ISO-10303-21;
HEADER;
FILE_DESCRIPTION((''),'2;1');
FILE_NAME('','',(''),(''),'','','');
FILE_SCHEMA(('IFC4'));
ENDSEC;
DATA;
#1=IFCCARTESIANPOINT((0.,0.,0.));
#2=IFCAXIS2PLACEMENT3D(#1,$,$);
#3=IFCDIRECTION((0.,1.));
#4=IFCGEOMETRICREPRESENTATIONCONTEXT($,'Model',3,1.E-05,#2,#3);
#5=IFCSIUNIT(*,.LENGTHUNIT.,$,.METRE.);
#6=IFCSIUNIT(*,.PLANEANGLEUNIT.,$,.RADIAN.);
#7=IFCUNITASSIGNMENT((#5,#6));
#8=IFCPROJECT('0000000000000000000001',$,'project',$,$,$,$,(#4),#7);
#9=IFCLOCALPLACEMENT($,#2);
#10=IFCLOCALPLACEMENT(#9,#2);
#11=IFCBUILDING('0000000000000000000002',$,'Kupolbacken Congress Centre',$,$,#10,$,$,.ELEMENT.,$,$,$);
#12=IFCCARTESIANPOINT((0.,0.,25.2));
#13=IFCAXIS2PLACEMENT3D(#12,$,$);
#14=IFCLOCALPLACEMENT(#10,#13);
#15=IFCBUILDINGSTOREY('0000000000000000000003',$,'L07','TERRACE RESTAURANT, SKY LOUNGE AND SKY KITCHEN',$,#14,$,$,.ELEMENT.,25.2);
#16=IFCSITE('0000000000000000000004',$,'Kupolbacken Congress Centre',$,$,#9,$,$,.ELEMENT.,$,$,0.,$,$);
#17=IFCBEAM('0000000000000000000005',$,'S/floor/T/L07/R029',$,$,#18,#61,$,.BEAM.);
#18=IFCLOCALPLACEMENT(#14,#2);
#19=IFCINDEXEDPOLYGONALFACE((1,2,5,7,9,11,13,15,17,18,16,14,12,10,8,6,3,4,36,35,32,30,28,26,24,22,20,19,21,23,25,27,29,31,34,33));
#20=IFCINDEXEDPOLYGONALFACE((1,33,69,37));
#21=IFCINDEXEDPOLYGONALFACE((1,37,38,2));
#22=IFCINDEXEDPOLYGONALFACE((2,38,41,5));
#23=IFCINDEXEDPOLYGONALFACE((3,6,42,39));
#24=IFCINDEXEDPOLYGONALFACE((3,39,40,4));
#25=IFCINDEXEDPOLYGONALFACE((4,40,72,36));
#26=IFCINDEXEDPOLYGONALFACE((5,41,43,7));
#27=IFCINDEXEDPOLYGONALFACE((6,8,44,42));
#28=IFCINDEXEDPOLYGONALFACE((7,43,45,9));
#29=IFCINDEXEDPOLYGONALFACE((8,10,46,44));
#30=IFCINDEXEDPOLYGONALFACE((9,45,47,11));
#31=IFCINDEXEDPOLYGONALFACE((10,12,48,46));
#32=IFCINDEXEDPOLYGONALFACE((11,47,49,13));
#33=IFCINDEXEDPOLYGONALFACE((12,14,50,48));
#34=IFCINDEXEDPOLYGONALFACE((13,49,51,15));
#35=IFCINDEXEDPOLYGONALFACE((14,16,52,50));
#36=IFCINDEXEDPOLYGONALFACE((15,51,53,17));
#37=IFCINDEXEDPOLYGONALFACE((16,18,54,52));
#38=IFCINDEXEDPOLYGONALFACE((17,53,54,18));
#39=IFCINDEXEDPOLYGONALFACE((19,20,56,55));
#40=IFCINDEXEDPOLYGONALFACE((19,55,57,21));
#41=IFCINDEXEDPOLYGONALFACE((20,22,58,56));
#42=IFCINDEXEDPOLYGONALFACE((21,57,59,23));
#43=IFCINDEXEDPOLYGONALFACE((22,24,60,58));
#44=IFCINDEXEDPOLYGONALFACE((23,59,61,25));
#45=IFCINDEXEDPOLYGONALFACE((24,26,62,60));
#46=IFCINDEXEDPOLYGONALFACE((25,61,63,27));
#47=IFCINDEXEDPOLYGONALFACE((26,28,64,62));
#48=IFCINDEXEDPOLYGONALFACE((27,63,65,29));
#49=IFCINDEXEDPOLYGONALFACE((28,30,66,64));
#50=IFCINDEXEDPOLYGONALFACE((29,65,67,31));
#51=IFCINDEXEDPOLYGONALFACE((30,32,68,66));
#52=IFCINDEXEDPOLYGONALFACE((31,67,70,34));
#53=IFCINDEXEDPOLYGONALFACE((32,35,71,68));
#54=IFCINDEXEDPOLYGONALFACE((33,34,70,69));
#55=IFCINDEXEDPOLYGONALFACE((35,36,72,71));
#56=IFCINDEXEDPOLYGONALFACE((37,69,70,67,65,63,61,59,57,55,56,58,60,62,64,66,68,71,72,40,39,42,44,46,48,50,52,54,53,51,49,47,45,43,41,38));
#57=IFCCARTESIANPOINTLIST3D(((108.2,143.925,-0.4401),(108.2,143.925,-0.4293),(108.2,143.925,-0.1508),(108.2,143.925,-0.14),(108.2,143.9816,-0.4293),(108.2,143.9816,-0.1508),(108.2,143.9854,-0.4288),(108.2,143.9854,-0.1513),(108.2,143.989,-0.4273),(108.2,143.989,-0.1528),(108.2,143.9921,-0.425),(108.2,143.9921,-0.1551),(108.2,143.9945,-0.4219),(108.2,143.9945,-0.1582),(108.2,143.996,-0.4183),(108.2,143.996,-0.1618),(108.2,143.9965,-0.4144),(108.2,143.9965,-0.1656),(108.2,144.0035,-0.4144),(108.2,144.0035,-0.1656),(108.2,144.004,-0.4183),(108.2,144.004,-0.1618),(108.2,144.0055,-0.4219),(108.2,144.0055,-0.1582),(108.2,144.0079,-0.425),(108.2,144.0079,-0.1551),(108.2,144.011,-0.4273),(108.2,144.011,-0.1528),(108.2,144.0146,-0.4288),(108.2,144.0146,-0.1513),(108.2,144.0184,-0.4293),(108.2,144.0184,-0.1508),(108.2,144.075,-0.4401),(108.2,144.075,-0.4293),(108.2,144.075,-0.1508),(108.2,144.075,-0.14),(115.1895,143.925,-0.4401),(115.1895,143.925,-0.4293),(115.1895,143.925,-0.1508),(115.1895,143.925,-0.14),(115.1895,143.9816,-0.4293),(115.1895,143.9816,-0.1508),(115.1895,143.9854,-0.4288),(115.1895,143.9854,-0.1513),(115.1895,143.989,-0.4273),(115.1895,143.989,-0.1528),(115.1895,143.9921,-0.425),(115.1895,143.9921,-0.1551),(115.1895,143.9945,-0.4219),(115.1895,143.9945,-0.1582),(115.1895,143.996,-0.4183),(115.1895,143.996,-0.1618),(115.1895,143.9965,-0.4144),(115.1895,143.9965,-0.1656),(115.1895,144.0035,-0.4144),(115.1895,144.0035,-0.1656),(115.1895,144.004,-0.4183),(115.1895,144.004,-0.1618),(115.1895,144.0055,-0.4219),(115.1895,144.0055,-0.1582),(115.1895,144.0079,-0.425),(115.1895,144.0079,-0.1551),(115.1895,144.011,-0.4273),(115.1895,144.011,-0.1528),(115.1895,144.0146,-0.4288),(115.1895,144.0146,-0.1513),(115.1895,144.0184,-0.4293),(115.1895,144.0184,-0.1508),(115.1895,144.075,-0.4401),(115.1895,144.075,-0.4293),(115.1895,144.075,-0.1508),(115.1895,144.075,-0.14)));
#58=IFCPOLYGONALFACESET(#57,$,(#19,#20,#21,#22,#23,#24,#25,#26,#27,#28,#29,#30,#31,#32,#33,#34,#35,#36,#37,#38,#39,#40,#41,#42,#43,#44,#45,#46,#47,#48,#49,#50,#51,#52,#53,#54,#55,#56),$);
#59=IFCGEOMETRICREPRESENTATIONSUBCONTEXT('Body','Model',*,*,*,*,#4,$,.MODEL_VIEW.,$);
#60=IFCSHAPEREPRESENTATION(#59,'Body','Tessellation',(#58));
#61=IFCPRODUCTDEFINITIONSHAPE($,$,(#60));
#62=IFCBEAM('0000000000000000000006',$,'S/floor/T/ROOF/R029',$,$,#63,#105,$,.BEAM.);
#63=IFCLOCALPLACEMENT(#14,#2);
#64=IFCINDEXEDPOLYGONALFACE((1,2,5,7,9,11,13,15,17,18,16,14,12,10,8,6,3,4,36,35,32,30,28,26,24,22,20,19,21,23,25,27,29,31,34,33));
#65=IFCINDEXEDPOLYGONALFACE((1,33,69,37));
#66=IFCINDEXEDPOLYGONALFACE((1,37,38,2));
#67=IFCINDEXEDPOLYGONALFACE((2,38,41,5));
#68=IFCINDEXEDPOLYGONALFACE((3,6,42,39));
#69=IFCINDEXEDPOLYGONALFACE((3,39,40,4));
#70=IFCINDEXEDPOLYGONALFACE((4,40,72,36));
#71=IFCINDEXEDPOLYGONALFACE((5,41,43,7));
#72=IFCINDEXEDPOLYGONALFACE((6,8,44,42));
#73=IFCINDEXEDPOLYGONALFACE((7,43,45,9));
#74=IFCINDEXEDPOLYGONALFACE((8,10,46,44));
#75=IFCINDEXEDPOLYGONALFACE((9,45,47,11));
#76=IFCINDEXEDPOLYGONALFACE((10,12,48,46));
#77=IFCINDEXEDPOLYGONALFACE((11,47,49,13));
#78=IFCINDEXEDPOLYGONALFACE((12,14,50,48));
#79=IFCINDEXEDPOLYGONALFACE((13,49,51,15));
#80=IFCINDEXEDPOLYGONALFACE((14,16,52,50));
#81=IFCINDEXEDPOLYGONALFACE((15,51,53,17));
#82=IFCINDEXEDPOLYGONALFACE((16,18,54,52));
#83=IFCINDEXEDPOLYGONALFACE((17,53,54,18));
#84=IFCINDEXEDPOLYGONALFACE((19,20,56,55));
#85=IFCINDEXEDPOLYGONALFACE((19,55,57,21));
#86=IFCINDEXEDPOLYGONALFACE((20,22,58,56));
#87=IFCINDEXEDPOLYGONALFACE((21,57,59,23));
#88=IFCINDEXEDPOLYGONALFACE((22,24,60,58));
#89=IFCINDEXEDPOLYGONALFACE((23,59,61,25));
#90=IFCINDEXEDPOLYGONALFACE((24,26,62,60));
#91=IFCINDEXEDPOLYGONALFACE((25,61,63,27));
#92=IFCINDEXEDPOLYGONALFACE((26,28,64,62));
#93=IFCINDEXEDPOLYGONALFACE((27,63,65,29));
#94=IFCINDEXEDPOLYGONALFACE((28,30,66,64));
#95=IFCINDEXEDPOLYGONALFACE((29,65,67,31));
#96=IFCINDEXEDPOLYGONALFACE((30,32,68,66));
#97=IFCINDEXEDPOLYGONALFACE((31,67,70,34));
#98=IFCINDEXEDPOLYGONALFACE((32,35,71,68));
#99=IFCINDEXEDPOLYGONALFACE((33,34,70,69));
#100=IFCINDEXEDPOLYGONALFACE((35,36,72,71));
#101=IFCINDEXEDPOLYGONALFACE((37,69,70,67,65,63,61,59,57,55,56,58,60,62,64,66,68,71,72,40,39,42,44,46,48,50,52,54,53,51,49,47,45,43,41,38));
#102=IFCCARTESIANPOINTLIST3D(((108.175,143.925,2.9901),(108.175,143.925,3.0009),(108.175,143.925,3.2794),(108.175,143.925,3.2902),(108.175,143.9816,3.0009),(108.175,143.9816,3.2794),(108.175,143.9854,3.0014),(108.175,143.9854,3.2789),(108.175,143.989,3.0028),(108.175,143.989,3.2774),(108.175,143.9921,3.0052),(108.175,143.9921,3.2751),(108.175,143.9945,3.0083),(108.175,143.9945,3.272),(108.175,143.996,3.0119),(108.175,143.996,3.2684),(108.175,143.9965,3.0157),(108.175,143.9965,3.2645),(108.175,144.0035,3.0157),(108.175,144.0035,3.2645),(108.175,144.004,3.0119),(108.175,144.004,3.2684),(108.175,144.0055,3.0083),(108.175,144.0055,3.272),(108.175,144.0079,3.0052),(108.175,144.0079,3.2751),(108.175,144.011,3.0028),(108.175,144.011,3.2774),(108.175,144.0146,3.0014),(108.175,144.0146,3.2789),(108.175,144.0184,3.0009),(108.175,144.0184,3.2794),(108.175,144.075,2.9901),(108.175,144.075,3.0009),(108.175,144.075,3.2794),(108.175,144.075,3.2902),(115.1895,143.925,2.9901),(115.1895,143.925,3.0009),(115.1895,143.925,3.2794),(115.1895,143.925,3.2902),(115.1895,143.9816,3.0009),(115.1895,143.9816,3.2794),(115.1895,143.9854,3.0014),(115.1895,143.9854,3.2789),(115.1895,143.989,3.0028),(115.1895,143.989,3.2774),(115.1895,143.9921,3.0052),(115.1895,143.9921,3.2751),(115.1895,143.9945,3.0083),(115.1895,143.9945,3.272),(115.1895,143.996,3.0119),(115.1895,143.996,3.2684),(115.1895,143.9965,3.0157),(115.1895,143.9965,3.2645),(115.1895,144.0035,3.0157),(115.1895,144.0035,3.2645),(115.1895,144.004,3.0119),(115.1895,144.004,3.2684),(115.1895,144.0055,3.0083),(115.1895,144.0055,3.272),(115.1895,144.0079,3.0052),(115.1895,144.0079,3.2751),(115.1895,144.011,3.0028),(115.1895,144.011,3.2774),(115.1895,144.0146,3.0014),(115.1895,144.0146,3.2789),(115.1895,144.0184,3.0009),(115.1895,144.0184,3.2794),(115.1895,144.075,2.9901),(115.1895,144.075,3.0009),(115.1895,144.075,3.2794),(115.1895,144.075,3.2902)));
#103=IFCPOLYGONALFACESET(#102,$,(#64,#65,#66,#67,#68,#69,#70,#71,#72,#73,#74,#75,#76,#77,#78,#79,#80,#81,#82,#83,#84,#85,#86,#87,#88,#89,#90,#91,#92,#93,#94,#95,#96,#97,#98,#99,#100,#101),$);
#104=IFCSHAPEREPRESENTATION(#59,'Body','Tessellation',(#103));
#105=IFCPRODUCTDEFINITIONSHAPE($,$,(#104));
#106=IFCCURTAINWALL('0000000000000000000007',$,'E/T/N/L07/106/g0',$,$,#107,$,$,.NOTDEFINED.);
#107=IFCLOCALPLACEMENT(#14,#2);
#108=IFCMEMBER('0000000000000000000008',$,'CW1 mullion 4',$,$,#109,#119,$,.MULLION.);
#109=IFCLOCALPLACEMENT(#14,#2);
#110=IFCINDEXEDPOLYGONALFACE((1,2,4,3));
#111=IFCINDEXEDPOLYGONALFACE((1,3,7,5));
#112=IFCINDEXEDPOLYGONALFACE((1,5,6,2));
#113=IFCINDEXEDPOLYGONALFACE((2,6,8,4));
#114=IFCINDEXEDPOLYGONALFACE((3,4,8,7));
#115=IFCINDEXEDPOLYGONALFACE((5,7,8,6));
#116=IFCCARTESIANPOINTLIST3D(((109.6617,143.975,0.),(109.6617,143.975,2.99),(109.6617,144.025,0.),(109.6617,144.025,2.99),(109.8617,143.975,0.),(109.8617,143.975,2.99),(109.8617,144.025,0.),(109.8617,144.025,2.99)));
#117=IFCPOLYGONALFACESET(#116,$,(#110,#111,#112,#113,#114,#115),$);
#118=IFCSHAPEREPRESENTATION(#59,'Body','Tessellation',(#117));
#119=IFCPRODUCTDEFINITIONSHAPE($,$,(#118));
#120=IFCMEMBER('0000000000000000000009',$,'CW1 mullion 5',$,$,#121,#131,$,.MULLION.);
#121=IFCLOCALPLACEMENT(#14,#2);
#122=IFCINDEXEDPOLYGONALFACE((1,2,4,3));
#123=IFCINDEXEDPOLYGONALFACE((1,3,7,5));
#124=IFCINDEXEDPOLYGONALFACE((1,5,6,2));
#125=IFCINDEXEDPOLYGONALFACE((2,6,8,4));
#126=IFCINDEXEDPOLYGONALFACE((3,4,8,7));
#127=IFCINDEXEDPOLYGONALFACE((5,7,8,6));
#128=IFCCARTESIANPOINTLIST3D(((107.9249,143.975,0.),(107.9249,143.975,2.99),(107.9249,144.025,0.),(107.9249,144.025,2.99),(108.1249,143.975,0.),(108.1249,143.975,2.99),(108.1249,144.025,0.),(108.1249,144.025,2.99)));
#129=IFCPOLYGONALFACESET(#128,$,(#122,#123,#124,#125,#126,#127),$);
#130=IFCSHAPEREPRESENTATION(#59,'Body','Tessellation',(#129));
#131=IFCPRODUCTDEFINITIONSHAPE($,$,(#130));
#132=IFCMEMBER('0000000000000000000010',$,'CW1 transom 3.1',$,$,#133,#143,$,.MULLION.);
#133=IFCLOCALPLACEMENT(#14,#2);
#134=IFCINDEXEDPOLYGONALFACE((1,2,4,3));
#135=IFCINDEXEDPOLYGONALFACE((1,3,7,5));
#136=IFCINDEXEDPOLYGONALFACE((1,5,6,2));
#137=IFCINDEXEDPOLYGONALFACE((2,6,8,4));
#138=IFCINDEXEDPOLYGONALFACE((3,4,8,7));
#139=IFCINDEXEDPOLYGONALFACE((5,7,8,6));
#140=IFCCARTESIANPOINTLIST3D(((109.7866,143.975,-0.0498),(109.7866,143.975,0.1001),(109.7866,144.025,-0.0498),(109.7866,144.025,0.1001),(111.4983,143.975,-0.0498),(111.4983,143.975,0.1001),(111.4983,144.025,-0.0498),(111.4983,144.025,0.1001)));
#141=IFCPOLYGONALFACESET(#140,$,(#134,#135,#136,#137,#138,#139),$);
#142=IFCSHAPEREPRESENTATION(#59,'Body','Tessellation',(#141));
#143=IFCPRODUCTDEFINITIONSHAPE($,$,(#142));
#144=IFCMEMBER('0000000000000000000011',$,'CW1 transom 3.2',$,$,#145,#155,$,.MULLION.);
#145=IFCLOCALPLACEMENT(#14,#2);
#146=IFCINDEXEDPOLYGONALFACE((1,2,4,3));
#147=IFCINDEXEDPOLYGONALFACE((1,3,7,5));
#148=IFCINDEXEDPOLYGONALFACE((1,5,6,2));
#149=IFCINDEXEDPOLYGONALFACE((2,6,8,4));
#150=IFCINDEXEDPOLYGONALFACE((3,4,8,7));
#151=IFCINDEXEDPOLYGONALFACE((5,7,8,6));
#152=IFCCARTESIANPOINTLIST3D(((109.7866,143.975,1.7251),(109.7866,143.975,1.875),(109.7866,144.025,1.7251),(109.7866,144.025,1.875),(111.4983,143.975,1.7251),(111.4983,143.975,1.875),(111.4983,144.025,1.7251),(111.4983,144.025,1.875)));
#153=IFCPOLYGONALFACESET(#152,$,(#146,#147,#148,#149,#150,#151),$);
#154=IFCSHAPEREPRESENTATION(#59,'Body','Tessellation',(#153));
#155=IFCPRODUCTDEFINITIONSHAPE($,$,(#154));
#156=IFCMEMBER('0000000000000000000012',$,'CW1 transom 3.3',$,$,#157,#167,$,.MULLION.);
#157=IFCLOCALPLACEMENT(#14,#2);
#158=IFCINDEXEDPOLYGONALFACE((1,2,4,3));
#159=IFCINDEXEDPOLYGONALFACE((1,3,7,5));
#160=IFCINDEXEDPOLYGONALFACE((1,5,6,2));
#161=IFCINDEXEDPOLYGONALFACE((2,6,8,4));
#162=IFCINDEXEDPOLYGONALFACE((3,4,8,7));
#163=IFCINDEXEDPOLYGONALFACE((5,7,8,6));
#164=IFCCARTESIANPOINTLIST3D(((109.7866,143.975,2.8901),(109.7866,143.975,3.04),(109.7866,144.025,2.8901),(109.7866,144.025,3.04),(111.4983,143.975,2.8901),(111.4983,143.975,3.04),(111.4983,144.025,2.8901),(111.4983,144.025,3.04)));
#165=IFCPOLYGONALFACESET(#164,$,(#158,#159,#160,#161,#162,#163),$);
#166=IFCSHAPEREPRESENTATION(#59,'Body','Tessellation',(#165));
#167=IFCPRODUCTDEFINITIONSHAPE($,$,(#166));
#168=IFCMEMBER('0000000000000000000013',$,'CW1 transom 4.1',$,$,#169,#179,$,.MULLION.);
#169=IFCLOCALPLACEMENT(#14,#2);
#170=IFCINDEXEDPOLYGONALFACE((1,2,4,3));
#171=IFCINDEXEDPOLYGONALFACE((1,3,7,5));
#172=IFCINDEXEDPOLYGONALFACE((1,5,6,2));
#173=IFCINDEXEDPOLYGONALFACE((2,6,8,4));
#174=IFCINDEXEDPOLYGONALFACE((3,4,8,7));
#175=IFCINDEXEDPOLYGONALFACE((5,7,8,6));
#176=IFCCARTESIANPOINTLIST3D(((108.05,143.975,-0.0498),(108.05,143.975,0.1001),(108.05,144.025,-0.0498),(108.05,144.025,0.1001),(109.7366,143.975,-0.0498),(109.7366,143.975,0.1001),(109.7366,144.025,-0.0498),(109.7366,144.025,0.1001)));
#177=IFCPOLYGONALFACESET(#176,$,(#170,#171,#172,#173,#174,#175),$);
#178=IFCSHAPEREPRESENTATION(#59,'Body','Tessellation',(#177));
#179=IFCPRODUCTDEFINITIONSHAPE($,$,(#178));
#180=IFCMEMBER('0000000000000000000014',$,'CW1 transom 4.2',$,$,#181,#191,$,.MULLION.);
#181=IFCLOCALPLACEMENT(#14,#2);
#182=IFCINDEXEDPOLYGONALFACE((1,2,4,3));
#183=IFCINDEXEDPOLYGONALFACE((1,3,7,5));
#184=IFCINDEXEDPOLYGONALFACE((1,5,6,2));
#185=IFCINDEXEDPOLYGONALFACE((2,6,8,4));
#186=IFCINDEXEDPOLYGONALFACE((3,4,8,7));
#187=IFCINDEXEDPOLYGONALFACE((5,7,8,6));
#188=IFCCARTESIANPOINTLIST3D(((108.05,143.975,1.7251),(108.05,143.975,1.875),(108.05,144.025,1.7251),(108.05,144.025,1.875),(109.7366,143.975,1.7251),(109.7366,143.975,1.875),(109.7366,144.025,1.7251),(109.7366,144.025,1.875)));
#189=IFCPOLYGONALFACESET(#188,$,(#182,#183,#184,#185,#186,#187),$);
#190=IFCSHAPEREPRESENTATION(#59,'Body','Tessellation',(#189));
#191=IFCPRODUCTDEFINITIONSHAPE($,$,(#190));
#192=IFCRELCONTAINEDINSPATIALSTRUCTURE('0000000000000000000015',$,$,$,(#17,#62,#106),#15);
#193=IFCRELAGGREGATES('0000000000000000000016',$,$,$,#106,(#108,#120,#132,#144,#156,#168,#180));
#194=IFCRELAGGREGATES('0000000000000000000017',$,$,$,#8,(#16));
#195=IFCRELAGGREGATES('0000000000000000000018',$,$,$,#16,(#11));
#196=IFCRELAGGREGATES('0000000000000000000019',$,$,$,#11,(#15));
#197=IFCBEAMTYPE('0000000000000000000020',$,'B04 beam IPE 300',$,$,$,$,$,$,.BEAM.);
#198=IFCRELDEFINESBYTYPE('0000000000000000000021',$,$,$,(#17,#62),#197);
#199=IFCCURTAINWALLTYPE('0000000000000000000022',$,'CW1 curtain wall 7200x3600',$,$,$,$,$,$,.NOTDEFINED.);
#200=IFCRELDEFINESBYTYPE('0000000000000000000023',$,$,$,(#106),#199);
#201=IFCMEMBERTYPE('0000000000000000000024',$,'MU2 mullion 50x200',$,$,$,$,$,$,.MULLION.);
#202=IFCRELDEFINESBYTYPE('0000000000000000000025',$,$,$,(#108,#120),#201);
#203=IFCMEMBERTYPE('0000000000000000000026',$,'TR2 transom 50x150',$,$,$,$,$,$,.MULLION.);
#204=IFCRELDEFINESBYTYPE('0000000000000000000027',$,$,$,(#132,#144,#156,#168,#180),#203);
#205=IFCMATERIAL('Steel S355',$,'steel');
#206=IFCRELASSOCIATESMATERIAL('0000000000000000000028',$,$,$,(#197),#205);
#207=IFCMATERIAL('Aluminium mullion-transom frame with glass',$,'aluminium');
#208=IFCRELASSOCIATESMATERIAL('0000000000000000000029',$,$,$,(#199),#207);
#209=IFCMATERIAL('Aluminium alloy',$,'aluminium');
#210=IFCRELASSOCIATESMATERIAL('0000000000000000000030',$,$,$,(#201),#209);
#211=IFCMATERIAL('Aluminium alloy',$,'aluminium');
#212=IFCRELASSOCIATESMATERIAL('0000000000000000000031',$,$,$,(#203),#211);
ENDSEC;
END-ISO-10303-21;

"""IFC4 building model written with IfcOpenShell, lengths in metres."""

from ifc_helpers import new_model, si_unit, direction, frame, origin, origin_2d, place, context, subcontext, project, spatial, rectangle, i_section, extrude, material, material_profile, profile_set, type_object, element, aggregate, save


model = new_model("IFC4")

# Units and contexts
model_context = context("Model", 3, precision=1e-05, world=origin(), true_north=direction((0.0, 1.0)))
body_context = subcontext(model_context, "Body", "Model", "MODEL_VIEW")
ifc_project = project(units=[si_unit("LENGTHUNIT", "METRE"), si_unit("PLANEANGLEUNIT", "RADIAN")], contexts=[model_context])

# Site, building, storey
site_placement = place(None, origin())
site = spatial("IfcSite", under=ifc_project, at=site_placement, Name="Kupolbacken Congress Centre", CompositionType="ELEMENT", RefElevation=0.0)
building_placement = place(site_placement, origin())
building = spatial("IfcBuilding", under=site, at=building_placement, Name="Kupolbacken Congress Centre", CompositionType="ELEMENT")
storey_placement = place(building_placement, frame((0.0, 0.0, 25.2)))
storey = spatial("IfcBuildingStorey", under=building, at=storey_placement, Name="L07", Description="TERRACE RESTAURANT, SKY LOUNGE AND SKY KITCHEN", CompositionType="ELEMENT", Elevation=25.2)

# Beams
ifc_material_1 = material(Name="Steel S355", Category="steel")
ifc_material_profile_1 = material_profile(ifc_material_1, i_section(OverallWidth=0.1499, OverallDepth=0.3, WebThickness=0.0071, FlangeThickness=0.0107, FilletRadius=0.0149, at=origin_2d()), Name="IPE 300")
ifc_profile_set_1 = profile_set([ifc_material_profile_1], Name="Steel S355")
beam_type = type_object("IfcBeamType", Name="B04 beam IPE 300", PredefinedType="BEAM", material=ifc_profile_set_1)
beam_1_placement = place(storey_placement, frame((108.2, 144.0, -0.29), z_axis=(1.0, 0.0, 0.0), x_axis=(0.0, 1.0, 0.0)))
element("IfcBeam", 1, at=beam_1_placement, inside=storey, type_object=beam_type, Name="S/floor/T/L07/R029", PredefinedType="BEAM", context=body_context, shape_type="SweptSolid", body=[
    extrude(i_section(OverallWidth=0.1499, OverallDepth=0.3, WebThickness=0.0071, FlangeThickness=0.0107, FilletRadius=0.0149, at=origin_2d()), origin(), (0.0, 0.0, 1.0), 6.9895),
])
beam_2_placement = place(storey_placement, frame((108.175, 144.0, 3.1401), z_axis=(1.0, 0.0, 0.0), x_axis=(0.0, 1.0, 0.0)))
element("IfcBeam", 2, at=beam_2_placement, inside=storey, type_object=beam_type, Name="S/floor/T/ROOF/R029", PredefinedType="BEAM", context=body_context, shape_type="SweptSolid", body=[
    extrude(i_section(OverallWidth=0.1499, OverallDepth=0.3, WebThickness=0.0071, FlangeThickness=0.0107, FilletRadius=0.0149, at=origin_2d()), origin(), (0.0, 0.0, 1.0), 7.0144),
])

# Curtain wall, members
ifc_material_2 = material(Name="Aluminium mullion-transom frame with glass", Category="aluminium")
curtain_wall_type = type_object("IfcCurtainWallType", Name="CW1 curtain wall 7200x3600", PredefinedType="NOTDEFINED", material=ifc_material_2)
curtain_wall_placement = place(storey_placement, origin())
curtain_wall = element("IfcCurtainWall", 3, at=curtain_wall_placement, inside=storey, type_object=curtain_wall_type, Name="E/T/N/L07/106/g0", PredefinedType="NOTDEFINED")
ifc_material_3 = material(Name="Aluminium alloy", Category="aluminium")
ifc_material_profile_2 = material_profile(ifc_material_3, rectangle(XDim=0.05, YDim=0.2, at=origin_2d()), Name="50 x 200")
ifc_profile_set_2 = profile_set([ifc_material_profile_2], Name="Aluminium alloy")
member_type_1 = type_object("IfcMemberType", Name="MU2 mullion 50x200", PredefinedType="MULLION", material=ifc_profile_set_2)
member_1_placement = place(storey_placement, frame((109.7617, 144.0, 0.0), z_axis=(0.0, 0.0, 1.0), x_axis=(0.0, -1.0, 0.0)))
member_1 = element("IfcMember", 4, at=member_1_placement, type_object=member_type_1, Name="CW1 mullion 4", PredefinedType="MULLION", context=body_context, shape_type="SweptSolid", body=[
    extrude(rectangle(XDim=0.05, YDim=0.2, at=origin_2d()), origin(), (0.0, 0.0, 1.0), 2.99),
])
member_2_placement = place(storey_placement, frame((108.0249, 144.0, 0.0), z_axis=(0.0, 0.0, 1.0), x_axis=(0.0, -1.0, 0.0)))
member_2 = element("IfcMember", 5, at=member_2_placement, type_object=member_type_1, Name="CW1 mullion 5", PredefinedType="MULLION", context=body_context, shape_type="SweptSolid", body=[
    extrude(rectangle(XDim=0.05, YDim=0.2, at=origin_2d()), origin(), (0.0, 0.0, 1.0), 2.99),
])
ifc_material_4 = material(Name="Aluminium alloy", Category="aluminium")
ifc_material_profile_3 = material_profile(ifc_material_4, rectangle(XDim=0.05, YDim=0.1499, at=origin_2d()), Name="50 x 150")
ifc_profile_set_3 = profile_set([ifc_material_profile_3], Name="Aluminium alloy")
member_type_2 = type_object("IfcMemberType", Name="TR2 transom 50x150", PredefinedType="MULLION", material=ifc_profile_set_3)
member_3_placement = place(storey_placement, frame((111.4983, 144.0, 0.0251), z_axis=(-1.0, 0.0, 0.0), x_axis=(0.0, -1.0, 0.0)))
member_3 = element("IfcMember", 6, at=member_3_placement, type_object=member_type_2, Name="CW1 transom 3.1", PredefinedType="MULLION", context=body_context, shape_type="SweptSolid", body=[
    extrude(rectangle(XDim=0.05, YDim=0.1499, at=origin_2d()), origin(), (0.0, 0.0, 1.0), 1.7117),
])
member_4_placement = place(storey_placement, frame((111.4983, 144.0, 1.8), z_axis=(-1.0, 0.0, 0.0), x_axis=(0.0, -1.0, 0.0)))
member_4 = element("IfcMember", 7, at=member_4_placement, type_object=member_type_2, Name="CW1 transom 3.2", PredefinedType="MULLION", context=body_context, shape_type="SweptSolid", body=[
    extrude(rectangle(XDim=0.05, YDim=0.1499, at=origin_2d()), origin(), (0.0, 0.0, 1.0), 1.7117),
])
member_5_placement = place(storey_placement, frame((111.4983, 144.0, 2.9651), z_axis=(-1.0, 0.0, 0.0), x_axis=(0.0, -1.0, 0.0)))
member_5 = element("IfcMember", 8, at=member_5_placement, type_object=member_type_2, Name="CW1 transom 3.3", PredefinedType="MULLION", context=body_context, shape_type="SweptSolid", body=[
    extrude(rectangle(XDim=0.05, YDim=0.1499, at=origin_2d()), origin(), (0.0, 0.0, 1.0), 1.7117),
])
member_6_placement = place(storey_placement, frame((109.7366, 144.0, 0.0251), z_axis=(-1.0, 0.0, 0.0), x_axis=(0.0, -1.0, 0.0)))
member_6 = element("IfcMember", 9, at=member_6_placement, type_object=member_type_2, Name="CW1 transom 4.1", PredefinedType="MULLION", context=body_context, shape_type="SweptSolid", body=[
    extrude(rectangle(XDim=0.05, YDim=0.1499, at=origin_2d()), origin(), (0.0, 0.0, 1.0), 1.6865),
])
member_7_placement = place(storey_placement, frame((109.7366, 144.0, 1.8), z_axis=(-1.0, 0.0, 0.0), x_axis=(0.0, -1.0, 0.0)))
member_7 = element("IfcMember", 10, at=member_7_placement, type_object=member_type_2, Name="CW1 transom 4.2", PredefinedType="MULLION", context=body_context, shape_type="SweptSolid", body=[
    extrude(rectangle(XDim=0.05, YDim=0.1499, at=origin_2d()), origin(), (0.0, 0.0, 1.0), 1.6865),
])
aggregate(curtain_wall, [member_1, member_2, member_3, member_4, member_5, member_6, member_7])

save(model, "model.ifc")
